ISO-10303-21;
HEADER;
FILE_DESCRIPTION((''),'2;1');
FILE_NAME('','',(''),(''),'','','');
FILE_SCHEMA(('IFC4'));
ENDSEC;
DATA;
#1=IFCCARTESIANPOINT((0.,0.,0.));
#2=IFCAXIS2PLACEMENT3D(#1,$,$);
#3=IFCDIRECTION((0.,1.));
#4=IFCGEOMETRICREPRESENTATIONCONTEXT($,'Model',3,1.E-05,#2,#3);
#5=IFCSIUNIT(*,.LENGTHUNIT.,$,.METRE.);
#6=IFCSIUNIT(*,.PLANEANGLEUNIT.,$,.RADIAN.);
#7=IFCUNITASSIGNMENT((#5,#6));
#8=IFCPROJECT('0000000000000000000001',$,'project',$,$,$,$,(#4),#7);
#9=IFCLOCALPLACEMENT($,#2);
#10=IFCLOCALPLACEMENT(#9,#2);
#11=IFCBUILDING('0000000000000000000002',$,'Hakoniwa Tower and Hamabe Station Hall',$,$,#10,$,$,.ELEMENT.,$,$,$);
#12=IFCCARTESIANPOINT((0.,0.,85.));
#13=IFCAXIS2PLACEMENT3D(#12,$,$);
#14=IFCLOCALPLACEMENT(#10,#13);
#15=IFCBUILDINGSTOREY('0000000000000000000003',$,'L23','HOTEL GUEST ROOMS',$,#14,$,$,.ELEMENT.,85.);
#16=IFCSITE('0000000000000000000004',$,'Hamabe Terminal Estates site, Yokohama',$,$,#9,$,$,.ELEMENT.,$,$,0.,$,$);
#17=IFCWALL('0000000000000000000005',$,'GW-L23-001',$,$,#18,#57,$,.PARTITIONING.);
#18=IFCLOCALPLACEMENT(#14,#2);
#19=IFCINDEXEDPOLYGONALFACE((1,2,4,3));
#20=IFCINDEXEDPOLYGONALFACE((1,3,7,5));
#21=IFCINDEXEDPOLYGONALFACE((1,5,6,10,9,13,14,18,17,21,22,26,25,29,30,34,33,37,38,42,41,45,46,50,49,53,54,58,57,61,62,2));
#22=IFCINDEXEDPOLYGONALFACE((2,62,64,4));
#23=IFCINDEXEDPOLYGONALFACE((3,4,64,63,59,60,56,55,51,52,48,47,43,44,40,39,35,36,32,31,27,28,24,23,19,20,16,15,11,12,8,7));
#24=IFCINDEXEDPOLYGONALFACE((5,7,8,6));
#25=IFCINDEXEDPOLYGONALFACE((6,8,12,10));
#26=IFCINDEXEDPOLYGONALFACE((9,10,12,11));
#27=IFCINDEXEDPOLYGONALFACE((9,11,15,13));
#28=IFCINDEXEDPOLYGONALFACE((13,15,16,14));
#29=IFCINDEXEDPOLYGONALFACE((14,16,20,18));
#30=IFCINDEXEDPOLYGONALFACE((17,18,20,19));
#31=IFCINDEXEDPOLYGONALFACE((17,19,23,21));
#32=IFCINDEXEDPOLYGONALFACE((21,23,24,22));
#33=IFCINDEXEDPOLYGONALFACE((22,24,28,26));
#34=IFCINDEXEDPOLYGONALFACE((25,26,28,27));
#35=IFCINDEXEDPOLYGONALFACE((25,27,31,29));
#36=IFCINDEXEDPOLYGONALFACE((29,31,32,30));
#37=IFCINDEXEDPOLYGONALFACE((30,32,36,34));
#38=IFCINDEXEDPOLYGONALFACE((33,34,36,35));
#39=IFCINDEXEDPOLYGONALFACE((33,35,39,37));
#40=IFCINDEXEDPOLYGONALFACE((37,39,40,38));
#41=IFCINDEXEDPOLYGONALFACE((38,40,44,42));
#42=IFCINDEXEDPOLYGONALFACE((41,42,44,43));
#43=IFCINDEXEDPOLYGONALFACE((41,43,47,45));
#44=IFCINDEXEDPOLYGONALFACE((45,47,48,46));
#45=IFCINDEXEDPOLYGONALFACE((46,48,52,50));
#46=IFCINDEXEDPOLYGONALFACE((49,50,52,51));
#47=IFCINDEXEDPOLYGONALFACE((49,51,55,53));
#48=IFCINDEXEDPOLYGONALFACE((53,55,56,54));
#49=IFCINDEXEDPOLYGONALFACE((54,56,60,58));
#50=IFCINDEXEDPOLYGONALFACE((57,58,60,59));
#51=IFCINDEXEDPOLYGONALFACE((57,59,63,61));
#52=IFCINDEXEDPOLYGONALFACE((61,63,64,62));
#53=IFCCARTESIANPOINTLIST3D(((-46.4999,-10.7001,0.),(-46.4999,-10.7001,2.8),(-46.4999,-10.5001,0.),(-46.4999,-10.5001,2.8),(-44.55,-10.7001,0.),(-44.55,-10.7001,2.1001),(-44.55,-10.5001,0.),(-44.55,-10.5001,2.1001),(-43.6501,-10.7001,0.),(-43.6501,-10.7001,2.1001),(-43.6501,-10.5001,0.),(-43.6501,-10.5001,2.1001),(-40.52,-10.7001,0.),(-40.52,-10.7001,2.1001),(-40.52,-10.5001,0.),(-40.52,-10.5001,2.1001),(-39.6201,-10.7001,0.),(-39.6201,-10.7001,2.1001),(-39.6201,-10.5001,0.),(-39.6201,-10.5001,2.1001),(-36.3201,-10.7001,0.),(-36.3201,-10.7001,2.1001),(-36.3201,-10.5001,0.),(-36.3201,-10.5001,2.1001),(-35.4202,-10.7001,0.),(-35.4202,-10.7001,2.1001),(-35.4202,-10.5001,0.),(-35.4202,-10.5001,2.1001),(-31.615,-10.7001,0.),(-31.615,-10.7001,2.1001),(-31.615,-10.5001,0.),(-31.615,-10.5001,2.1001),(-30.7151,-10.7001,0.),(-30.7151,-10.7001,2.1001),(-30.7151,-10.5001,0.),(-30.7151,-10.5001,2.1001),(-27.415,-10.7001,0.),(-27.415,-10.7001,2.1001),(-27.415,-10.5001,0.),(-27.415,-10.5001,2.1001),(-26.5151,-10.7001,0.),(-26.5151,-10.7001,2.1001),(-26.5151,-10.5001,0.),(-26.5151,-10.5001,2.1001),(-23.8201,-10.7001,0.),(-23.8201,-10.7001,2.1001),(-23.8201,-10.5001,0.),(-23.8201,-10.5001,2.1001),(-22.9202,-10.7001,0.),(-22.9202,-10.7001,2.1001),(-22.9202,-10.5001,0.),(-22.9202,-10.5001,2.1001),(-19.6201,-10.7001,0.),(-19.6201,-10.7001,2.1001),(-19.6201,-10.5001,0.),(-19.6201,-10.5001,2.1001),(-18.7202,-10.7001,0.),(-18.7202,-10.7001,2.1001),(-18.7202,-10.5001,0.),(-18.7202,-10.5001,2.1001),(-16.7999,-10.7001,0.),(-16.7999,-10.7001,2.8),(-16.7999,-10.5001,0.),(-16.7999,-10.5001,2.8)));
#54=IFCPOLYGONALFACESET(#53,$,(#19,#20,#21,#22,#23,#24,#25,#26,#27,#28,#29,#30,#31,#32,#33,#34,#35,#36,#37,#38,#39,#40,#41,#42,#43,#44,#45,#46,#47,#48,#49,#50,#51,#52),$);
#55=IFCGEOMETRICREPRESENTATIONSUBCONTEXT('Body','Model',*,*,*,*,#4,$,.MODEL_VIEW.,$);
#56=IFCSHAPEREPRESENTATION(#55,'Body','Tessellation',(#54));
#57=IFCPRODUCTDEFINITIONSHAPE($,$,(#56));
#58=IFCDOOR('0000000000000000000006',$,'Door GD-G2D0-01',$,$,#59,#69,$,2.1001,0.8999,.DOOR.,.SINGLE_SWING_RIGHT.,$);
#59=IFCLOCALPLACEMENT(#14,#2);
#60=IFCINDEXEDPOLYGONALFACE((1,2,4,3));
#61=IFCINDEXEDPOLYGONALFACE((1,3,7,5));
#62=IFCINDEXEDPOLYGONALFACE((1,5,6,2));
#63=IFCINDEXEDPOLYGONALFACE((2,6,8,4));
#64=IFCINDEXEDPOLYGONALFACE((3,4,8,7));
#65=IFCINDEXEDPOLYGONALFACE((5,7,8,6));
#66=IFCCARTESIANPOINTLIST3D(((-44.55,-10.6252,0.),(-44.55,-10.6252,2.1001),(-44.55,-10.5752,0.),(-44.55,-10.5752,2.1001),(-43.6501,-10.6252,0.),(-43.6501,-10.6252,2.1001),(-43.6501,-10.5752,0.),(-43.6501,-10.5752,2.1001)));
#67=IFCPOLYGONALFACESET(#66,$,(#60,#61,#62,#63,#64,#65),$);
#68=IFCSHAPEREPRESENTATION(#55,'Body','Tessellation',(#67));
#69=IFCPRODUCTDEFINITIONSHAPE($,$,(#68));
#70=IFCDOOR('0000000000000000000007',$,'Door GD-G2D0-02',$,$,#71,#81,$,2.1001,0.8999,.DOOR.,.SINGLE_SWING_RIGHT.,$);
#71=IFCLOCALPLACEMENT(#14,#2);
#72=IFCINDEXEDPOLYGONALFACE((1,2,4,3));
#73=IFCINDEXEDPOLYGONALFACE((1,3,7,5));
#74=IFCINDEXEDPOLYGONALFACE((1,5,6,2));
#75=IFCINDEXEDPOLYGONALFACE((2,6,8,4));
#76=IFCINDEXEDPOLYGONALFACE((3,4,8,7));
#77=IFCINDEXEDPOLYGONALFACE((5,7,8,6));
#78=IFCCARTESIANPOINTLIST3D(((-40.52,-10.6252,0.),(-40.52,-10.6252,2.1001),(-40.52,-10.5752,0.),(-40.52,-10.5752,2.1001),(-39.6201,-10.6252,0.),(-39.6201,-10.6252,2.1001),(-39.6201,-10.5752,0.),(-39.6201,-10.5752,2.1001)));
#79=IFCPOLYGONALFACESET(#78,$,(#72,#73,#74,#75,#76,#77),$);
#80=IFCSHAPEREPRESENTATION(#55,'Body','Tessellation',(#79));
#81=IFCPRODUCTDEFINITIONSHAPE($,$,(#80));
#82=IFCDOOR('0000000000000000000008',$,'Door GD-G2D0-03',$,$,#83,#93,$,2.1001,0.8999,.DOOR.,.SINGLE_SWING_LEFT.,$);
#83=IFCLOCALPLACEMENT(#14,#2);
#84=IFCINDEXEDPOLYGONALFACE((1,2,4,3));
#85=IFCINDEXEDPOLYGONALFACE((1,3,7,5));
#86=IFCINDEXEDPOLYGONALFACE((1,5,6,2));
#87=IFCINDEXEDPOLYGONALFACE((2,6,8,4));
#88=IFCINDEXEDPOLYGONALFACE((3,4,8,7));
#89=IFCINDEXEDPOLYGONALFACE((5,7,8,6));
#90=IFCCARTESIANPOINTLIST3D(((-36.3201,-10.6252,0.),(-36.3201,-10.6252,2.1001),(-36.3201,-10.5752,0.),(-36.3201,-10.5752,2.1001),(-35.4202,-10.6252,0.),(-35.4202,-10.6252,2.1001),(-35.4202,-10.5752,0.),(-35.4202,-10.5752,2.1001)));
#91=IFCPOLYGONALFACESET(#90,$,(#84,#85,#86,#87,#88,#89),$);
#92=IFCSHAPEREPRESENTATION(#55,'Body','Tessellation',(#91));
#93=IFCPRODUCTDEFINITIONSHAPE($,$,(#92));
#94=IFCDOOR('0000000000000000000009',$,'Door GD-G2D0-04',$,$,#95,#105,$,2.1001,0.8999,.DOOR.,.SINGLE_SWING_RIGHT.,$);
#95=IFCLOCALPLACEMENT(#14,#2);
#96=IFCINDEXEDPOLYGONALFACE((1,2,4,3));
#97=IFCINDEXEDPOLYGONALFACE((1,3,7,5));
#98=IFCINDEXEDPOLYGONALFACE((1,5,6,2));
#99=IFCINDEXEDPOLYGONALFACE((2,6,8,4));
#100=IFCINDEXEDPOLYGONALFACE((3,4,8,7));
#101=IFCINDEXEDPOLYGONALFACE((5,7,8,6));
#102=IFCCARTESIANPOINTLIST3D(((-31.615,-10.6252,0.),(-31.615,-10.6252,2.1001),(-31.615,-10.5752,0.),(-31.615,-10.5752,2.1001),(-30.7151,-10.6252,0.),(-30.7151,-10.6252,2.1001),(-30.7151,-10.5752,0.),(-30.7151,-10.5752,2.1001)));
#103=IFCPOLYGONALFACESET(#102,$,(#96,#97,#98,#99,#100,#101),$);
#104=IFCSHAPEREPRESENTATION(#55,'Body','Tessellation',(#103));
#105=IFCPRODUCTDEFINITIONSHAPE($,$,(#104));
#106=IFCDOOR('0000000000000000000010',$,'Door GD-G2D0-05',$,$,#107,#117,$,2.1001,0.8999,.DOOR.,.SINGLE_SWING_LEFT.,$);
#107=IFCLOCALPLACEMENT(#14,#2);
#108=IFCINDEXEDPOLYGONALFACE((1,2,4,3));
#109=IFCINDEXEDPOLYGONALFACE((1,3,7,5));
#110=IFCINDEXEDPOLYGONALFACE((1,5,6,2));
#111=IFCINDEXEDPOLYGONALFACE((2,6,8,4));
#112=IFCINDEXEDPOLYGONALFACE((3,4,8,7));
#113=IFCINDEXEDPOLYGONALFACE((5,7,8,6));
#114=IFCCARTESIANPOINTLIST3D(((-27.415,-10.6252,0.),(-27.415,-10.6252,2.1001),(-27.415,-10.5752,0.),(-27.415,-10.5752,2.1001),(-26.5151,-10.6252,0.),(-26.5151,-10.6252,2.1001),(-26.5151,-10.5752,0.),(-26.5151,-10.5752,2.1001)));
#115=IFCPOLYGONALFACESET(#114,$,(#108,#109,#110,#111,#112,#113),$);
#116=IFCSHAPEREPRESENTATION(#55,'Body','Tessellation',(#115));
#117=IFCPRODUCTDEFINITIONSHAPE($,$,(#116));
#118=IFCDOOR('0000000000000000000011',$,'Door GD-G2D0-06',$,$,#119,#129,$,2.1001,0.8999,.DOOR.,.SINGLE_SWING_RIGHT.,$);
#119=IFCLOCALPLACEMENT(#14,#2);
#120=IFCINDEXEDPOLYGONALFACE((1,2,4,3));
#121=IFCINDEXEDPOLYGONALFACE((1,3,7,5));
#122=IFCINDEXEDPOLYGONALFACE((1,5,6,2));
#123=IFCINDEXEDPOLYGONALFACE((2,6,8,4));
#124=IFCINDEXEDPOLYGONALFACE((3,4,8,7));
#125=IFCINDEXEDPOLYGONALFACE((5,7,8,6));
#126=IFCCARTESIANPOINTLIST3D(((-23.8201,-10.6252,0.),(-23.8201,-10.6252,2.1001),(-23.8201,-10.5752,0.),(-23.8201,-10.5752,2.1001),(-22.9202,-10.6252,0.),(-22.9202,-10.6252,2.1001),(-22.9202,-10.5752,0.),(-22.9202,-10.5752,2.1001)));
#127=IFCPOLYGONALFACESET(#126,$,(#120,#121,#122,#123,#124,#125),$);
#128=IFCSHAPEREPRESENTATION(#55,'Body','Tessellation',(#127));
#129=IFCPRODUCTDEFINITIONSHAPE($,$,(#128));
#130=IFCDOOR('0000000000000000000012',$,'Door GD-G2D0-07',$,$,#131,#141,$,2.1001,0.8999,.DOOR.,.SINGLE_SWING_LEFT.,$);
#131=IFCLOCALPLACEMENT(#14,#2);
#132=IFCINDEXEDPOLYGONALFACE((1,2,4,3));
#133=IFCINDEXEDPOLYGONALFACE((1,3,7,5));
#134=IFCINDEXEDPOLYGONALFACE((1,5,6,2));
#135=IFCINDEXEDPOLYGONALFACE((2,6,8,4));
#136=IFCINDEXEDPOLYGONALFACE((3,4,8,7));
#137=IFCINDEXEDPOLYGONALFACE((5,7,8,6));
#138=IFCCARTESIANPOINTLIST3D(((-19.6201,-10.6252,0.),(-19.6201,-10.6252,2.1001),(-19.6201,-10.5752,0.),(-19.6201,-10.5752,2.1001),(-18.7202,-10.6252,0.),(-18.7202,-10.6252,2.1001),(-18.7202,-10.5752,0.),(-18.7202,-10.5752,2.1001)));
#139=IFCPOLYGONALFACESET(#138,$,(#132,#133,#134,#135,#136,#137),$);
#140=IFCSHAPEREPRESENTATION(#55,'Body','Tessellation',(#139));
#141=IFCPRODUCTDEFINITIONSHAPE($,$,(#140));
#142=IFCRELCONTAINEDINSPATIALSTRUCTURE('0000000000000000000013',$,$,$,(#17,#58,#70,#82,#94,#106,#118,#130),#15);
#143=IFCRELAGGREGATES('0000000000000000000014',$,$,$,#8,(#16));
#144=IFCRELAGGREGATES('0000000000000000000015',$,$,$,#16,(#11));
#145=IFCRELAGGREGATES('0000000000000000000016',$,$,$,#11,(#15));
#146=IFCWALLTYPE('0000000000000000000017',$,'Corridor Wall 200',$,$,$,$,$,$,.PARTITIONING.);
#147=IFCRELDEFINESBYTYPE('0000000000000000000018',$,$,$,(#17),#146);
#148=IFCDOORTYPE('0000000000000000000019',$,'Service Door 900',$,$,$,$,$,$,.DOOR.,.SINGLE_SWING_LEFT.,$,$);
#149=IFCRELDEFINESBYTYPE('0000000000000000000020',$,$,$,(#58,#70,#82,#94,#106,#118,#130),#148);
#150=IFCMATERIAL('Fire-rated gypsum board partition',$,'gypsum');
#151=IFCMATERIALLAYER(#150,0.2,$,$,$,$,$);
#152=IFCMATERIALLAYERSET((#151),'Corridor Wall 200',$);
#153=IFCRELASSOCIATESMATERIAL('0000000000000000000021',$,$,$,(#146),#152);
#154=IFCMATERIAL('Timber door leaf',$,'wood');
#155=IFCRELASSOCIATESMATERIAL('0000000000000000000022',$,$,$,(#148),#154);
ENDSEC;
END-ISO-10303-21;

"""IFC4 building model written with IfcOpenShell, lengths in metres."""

from ifc_helpers import new_model, si_unit, direction, frame, frame_2d, origin, place, context, subcontext, project, spatial, rectangle, extrude, material, layer, layer_set, type_object, element, fill, save


model = new_model("IFC4")

# Units and contexts
model_context = context("Model", 3, precision=1e-05, world=origin(), true_north=direction((0.0, 1.0)))
body_context = subcontext(model_context, "Body", "Model", "MODEL_VIEW")
ifc_project = project(units=[si_unit("LENGTHUNIT", "METRE"), si_unit("PLANEANGLEUNIT", "RADIAN")], contexts=[model_context])

# Site, building, storey
site_placement = place(None, origin())
site = spatial("IfcSite", under=ifc_project, at=site_placement, Name="Hamabe Terminal Estates site, Yokohama", CompositionType="ELEMENT", RefElevation=0.0)
building_placement = place(site_placement, origin())
building = spatial("IfcBuilding", under=site, at=building_placement, Name="Hakoniwa Tower and Hamabe Station Hall", CompositionType="ELEMENT")
storey_placement = place(building_placement, frame((0.0, 0.0, 85.0)))
storey = spatial("IfcBuildingStorey", under=building, at=storey_placement, Name="L23", Description="HOTEL GUEST ROOMS", CompositionType="ELEMENT", Elevation=85.0)

# Wall, openings, doors
ifc_material_1 = material(Name="Fire-rated gypsum board partition", Category="gypsum")
ifc_layer_1 = layer(ifc_material_1, 0.2)
ifc_layer_set_1 = layer_set([ifc_layer_1], Name="Corridor Wall 200")
wall_type_1 = type_object("IfcWallType", Name="Corridor Wall 200", PredefinedType="PARTITIONING", material=ifc_layer_set_1)
wall_1_placement = place(storey_placement, frame((-46.5, -10.6001, 0.0), z_axis=(0.0, 0.0, 1.0), x_axis=(1.0, 0.0, 0.0)))
wall_1 = element("IfcWall", 1, at=wall_1_placement, inside=storey, type_object=wall_type_1, Name="GW-L23-001", PredefinedType="PARTITIONING", context=body_context, shape_type="SweptSolid", body=[
    extrude(rectangle(XDim=29.7, YDim=0.2, at=frame_2d((14.8501, 0.0))), origin(), (0.0, 0.0, 1.0), 2.8),
])
opening_1_placement = place(wall_1_placement, frame((1.95, 0.0, 0.0)))
opening_1 = element("IfcOpeningElement", 2, at=opening_1_placement, cuts=wall_1, PredefinedType="OPENING", context=body_context, shape_type="SweptSolid", body=[
    extrude(rectangle(XDim=0.8999, YDim=2.1001, at=frame_2d((0.45, 1.05))), frame((0.0, 0.1099, 0.0), z_axis=(0.0, -1.0, 0.0), x_axis=(1.0, 0.0, 0.0)), (0.0, 0.0, 1.0), 0.22),
])
opening_2_placement = place(wall_1_placement, frame((5.98, 0.0, 0.0)))
opening_2 = element("IfcOpeningElement", 3, at=opening_2_placement, cuts=wall_1, PredefinedType="OPENING", context=body_context, shape_type="SweptSolid", body=[
    extrude(rectangle(XDim=0.8999, YDim=2.1001, at=frame_2d((0.45, 1.05))), frame((0.0, 0.1099, 0.0), z_axis=(0.0, -1.0, 0.0), x_axis=(1.0, 0.0, 0.0)), (0.0, 0.0, 1.0), 0.22),
])
opening_3_placement = place(wall_1_placement, frame((10.1799, 0.0, 0.0)))
opening_3 = element("IfcOpeningElement", 4, at=opening_3_placement, cuts=wall_1, PredefinedType="OPENING", context=body_context, shape_type="SweptSolid", body=[
    extrude(rectangle(XDim=0.8999, YDim=2.1001, at=frame_2d((0.45, 1.05))), frame((0.0, 0.1099, 0.0), z_axis=(0.0, -1.0, 0.0), x_axis=(1.0, 0.0, 0.0)), (0.0, 0.0, 1.0), 0.22),
])
opening_4_placement = place(wall_1_placement, frame((14.885, 0.0, 0.0)))
opening_4 = element("IfcOpeningElement", 5, at=opening_4_placement, cuts=wall_1, PredefinedType="OPENING", context=body_context, shape_type="SweptSolid", body=[
    extrude(rectangle(XDim=0.8999, YDim=2.1001, at=frame_2d((0.45, 1.05))), frame((0.0, 0.1099, 0.0), z_axis=(0.0, -1.0, 0.0), x_axis=(1.0, 0.0, 0.0)), (0.0, 0.0, 1.0), 0.22),
])
opening_5_placement = place(wall_1_placement, frame((19.085, 0.0, 0.0)))
opening_5 = element("IfcOpeningElement", 6, at=opening_5_placement, cuts=wall_1, PredefinedType="OPENING", context=body_context, shape_type="SweptSolid", body=[
    extrude(rectangle(XDim=0.8999, YDim=2.1001, at=frame_2d((0.45, 1.05))), frame((0.0, 0.1099, 0.0), z_axis=(0.0, -1.0, 0.0), x_axis=(1.0, 0.0, 0.0)), (0.0, 0.0, 1.0), 0.22),
])
opening_6_placement = place(wall_1_placement, frame((22.6799, 0.0, 0.0)))
opening_6 = element("IfcOpeningElement", 7, at=opening_6_placement, cuts=wall_1, PredefinedType="OPENING", context=body_context, shape_type="SweptSolid", body=[
    extrude(rectangle(XDim=0.8999, YDim=2.1001, at=frame_2d((0.45, 1.05))), frame((0.0, 0.1099, 0.0), z_axis=(0.0, -1.0, 0.0), x_axis=(1.0, 0.0, 0.0)), (0.0, 0.0, 1.0), 0.22),
])
opening_7_placement = place(wall_1_placement, frame((26.8799, 0.0, 0.0)))
opening_7 = element("IfcOpeningElement", 8, at=opening_7_placement, cuts=wall_1, PredefinedType="OPENING", context=body_context, shape_type="SweptSolid", body=[
    extrude(rectangle(XDim=0.8999, YDim=2.1001, at=frame_2d((0.45, 1.05))), frame((0.0, 0.1099, 0.0), z_axis=(0.0, -1.0, 0.0), x_axis=(1.0, 0.0, 0.0)), (0.0, 0.0, 1.0), 0.22),
])
ifc_material_2 = material(Name="Timber door leaf", Category="wood")
door_type_1 = type_object("IfcDoorType", Name="Service Door 900", OperationType="SINGLE_SWING_LEFT", PredefinedType="DOOR", material=ifc_material_2)
door_1_placement = place(opening_1_placement, origin())
door_1 = element("IfcDoor", 9, at=door_1_placement, inside=storey, type_object=door_type_1, Name="Door GD-G2D0-01", OperationType="SINGLE_SWING_RIGHT", OverallHeight=2.1001, OverallWidth=0.8999, PredefinedType="DOOR", context=body_context, shape_type="SweptSolid", body=[
    extrude(rectangle(XDim=0.8999, YDim=2.1001, at=frame_2d((0.45, 1.05))), frame((0.0, 0.0249, 0.0), z_axis=(0.0, -1.0, 0.0), x_axis=(1.0, 0.0, 0.0)), (0.0, 0.0, 1.0), 0.05),
])
fill(opening_1, door_1)
door_2_placement = place(opening_2_placement, origin())
door_2 = element("IfcDoor", 10, at=door_2_placement, inside=storey, type_object=door_type_1, Name="Door GD-G2D0-02", OperationType="SINGLE_SWING_RIGHT", OverallHeight=2.1001, OverallWidth=0.8999, PredefinedType="DOOR", context=body_context, shape_type="SweptSolid", body=[
    extrude(rectangle(XDim=0.8999, YDim=2.1001, at=frame_2d((0.45, 1.05))), frame((0.0, 0.0249, 0.0), z_axis=(0.0, -1.0, 0.0), x_axis=(1.0, 0.0, 0.0)), (0.0, 0.0, 1.0), 0.05),
])
fill(opening_2, door_2)
door_3_placement = place(opening_3_placement, origin())
door_3 = element("IfcDoor", 11, at=door_3_placement, inside=storey, type_object=door_type_1, Name="Door GD-G2D0-03", OperationType="SINGLE_SWING_LEFT", OverallHeight=2.1001, OverallWidth=0.8999, PredefinedType="DOOR", context=body_context, shape_type="SweptSolid", body=[
    extrude(rectangle(XDim=0.8999, YDim=2.1001, at=frame_2d((0.45, 1.05))), frame((0.0, 0.0249, 0.0), z_axis=(0.0, -1.0, 0.0), x_axis=(1.0, 0.0, 0.0)), (0.0, 0.0, 1.0), 0.05),
])
fill(opening_3, door_3)
door_4_placement = place(opening_4_placement, origin())
door_4 = element("IfcDoor", 12, at=door_4_placement, inside=storey, type_object=door_type_1, Name="Door GD-G2D0-04", OperationType="SINGLE_SWING_RIGHT", OverallHeight=2.1001, OverallWidth=0.8999, PredefinedType="DOOR", context=body_context, shape_type="SweptSolid", body=[
    extrude(rectangle(XDim=0.8999, YDim=2.1001, at=frame_2d((0.45, 1.05))), frame((0.0, 0.0249, 0.0), z_axis=(0.0, -1.0, 0.0), x_axis=(1.0, 0.0, 0.0)), (0.0, 0.0, 1.0), 0.05),
])
fill(opening_4, door_4)
door_5_placement = place(opening_5_placement, origin())
door_5 = element("IfcDoor", 13, at=door_5_placement, inside=storey, type_object=door_type_1, Name="Door GD-G2D0-05", OperationType="SINGLE_SWING_LEFT", OverallHeight=2.1001, OverallWidth=0.8999, PredefinedType="DOOR", context=body_context, shape_type="SweptSolid", body=[
    extrude(rectangle(XDim=0.8999, YDim=2.1001, at=frame_2d((0.45, 1.05))), frame((0.0, 0.0249, 0.0), z_axis=(0.0, -1.0, 0.0), x_axis=(1.0, 0.0, 0.0)), (0.0, 0.0, 1.0), 0.05),
])
fill(opening_5, door_5)
door_6_placement = place(opening_6_placement, origin())
door_6 = element("IfcDoor", 14, at=door_6_placement, inside=storey, type_object=door_type_1, Name="Door GD-G2D0-06", OperationType="SINGLE_SWING_RIGHT", OverallHeight=2.1001, OverallWidth=0.8999, PredefinedType="DOOR", context=body_context, shape_type="SweptSolid", body=[
    extrude(rectangle(XDim=0.8999, YDim=2.1001, at=frame_2d((0.45, 1.05))), frame((0.0, 0.0249, 0.0), z_axis=(0.0, -1.0, 0.0), x_axis=(1.0, 0.0, 0.0)), (0.0, 0.0, 1.0), 0.05),
])
fill(opening_6, door_6)
door_7_placement = place(opening_7_placement, origin())
door_7 = element("IfcDoor", 15, at=door_7_placement, inside=storey, type_object=door_type_1, Name="Door GD-G2D0-07", OperationType="SINGLE_SWING_LEFT", OverallHeight=2.1001, OverallWidth=0.8999, PredefinedType="DOOR", context=body_context, shape_type="SweptSolid", body=[
    extrude(rectangle(XDim=0.8999, YDim=2.1001, at=frame_2d((0.45, 1.05))), frame((0.0, 0.0249, 0.0), z_axis=(0.0, -1.0, 0.0), x_axis=(1.0, 0.0, 0.0)), (0.0, 0.0, 1.0), 0.05),
])
fill(opening_7, door_7)

save(model, "model.ifc")
